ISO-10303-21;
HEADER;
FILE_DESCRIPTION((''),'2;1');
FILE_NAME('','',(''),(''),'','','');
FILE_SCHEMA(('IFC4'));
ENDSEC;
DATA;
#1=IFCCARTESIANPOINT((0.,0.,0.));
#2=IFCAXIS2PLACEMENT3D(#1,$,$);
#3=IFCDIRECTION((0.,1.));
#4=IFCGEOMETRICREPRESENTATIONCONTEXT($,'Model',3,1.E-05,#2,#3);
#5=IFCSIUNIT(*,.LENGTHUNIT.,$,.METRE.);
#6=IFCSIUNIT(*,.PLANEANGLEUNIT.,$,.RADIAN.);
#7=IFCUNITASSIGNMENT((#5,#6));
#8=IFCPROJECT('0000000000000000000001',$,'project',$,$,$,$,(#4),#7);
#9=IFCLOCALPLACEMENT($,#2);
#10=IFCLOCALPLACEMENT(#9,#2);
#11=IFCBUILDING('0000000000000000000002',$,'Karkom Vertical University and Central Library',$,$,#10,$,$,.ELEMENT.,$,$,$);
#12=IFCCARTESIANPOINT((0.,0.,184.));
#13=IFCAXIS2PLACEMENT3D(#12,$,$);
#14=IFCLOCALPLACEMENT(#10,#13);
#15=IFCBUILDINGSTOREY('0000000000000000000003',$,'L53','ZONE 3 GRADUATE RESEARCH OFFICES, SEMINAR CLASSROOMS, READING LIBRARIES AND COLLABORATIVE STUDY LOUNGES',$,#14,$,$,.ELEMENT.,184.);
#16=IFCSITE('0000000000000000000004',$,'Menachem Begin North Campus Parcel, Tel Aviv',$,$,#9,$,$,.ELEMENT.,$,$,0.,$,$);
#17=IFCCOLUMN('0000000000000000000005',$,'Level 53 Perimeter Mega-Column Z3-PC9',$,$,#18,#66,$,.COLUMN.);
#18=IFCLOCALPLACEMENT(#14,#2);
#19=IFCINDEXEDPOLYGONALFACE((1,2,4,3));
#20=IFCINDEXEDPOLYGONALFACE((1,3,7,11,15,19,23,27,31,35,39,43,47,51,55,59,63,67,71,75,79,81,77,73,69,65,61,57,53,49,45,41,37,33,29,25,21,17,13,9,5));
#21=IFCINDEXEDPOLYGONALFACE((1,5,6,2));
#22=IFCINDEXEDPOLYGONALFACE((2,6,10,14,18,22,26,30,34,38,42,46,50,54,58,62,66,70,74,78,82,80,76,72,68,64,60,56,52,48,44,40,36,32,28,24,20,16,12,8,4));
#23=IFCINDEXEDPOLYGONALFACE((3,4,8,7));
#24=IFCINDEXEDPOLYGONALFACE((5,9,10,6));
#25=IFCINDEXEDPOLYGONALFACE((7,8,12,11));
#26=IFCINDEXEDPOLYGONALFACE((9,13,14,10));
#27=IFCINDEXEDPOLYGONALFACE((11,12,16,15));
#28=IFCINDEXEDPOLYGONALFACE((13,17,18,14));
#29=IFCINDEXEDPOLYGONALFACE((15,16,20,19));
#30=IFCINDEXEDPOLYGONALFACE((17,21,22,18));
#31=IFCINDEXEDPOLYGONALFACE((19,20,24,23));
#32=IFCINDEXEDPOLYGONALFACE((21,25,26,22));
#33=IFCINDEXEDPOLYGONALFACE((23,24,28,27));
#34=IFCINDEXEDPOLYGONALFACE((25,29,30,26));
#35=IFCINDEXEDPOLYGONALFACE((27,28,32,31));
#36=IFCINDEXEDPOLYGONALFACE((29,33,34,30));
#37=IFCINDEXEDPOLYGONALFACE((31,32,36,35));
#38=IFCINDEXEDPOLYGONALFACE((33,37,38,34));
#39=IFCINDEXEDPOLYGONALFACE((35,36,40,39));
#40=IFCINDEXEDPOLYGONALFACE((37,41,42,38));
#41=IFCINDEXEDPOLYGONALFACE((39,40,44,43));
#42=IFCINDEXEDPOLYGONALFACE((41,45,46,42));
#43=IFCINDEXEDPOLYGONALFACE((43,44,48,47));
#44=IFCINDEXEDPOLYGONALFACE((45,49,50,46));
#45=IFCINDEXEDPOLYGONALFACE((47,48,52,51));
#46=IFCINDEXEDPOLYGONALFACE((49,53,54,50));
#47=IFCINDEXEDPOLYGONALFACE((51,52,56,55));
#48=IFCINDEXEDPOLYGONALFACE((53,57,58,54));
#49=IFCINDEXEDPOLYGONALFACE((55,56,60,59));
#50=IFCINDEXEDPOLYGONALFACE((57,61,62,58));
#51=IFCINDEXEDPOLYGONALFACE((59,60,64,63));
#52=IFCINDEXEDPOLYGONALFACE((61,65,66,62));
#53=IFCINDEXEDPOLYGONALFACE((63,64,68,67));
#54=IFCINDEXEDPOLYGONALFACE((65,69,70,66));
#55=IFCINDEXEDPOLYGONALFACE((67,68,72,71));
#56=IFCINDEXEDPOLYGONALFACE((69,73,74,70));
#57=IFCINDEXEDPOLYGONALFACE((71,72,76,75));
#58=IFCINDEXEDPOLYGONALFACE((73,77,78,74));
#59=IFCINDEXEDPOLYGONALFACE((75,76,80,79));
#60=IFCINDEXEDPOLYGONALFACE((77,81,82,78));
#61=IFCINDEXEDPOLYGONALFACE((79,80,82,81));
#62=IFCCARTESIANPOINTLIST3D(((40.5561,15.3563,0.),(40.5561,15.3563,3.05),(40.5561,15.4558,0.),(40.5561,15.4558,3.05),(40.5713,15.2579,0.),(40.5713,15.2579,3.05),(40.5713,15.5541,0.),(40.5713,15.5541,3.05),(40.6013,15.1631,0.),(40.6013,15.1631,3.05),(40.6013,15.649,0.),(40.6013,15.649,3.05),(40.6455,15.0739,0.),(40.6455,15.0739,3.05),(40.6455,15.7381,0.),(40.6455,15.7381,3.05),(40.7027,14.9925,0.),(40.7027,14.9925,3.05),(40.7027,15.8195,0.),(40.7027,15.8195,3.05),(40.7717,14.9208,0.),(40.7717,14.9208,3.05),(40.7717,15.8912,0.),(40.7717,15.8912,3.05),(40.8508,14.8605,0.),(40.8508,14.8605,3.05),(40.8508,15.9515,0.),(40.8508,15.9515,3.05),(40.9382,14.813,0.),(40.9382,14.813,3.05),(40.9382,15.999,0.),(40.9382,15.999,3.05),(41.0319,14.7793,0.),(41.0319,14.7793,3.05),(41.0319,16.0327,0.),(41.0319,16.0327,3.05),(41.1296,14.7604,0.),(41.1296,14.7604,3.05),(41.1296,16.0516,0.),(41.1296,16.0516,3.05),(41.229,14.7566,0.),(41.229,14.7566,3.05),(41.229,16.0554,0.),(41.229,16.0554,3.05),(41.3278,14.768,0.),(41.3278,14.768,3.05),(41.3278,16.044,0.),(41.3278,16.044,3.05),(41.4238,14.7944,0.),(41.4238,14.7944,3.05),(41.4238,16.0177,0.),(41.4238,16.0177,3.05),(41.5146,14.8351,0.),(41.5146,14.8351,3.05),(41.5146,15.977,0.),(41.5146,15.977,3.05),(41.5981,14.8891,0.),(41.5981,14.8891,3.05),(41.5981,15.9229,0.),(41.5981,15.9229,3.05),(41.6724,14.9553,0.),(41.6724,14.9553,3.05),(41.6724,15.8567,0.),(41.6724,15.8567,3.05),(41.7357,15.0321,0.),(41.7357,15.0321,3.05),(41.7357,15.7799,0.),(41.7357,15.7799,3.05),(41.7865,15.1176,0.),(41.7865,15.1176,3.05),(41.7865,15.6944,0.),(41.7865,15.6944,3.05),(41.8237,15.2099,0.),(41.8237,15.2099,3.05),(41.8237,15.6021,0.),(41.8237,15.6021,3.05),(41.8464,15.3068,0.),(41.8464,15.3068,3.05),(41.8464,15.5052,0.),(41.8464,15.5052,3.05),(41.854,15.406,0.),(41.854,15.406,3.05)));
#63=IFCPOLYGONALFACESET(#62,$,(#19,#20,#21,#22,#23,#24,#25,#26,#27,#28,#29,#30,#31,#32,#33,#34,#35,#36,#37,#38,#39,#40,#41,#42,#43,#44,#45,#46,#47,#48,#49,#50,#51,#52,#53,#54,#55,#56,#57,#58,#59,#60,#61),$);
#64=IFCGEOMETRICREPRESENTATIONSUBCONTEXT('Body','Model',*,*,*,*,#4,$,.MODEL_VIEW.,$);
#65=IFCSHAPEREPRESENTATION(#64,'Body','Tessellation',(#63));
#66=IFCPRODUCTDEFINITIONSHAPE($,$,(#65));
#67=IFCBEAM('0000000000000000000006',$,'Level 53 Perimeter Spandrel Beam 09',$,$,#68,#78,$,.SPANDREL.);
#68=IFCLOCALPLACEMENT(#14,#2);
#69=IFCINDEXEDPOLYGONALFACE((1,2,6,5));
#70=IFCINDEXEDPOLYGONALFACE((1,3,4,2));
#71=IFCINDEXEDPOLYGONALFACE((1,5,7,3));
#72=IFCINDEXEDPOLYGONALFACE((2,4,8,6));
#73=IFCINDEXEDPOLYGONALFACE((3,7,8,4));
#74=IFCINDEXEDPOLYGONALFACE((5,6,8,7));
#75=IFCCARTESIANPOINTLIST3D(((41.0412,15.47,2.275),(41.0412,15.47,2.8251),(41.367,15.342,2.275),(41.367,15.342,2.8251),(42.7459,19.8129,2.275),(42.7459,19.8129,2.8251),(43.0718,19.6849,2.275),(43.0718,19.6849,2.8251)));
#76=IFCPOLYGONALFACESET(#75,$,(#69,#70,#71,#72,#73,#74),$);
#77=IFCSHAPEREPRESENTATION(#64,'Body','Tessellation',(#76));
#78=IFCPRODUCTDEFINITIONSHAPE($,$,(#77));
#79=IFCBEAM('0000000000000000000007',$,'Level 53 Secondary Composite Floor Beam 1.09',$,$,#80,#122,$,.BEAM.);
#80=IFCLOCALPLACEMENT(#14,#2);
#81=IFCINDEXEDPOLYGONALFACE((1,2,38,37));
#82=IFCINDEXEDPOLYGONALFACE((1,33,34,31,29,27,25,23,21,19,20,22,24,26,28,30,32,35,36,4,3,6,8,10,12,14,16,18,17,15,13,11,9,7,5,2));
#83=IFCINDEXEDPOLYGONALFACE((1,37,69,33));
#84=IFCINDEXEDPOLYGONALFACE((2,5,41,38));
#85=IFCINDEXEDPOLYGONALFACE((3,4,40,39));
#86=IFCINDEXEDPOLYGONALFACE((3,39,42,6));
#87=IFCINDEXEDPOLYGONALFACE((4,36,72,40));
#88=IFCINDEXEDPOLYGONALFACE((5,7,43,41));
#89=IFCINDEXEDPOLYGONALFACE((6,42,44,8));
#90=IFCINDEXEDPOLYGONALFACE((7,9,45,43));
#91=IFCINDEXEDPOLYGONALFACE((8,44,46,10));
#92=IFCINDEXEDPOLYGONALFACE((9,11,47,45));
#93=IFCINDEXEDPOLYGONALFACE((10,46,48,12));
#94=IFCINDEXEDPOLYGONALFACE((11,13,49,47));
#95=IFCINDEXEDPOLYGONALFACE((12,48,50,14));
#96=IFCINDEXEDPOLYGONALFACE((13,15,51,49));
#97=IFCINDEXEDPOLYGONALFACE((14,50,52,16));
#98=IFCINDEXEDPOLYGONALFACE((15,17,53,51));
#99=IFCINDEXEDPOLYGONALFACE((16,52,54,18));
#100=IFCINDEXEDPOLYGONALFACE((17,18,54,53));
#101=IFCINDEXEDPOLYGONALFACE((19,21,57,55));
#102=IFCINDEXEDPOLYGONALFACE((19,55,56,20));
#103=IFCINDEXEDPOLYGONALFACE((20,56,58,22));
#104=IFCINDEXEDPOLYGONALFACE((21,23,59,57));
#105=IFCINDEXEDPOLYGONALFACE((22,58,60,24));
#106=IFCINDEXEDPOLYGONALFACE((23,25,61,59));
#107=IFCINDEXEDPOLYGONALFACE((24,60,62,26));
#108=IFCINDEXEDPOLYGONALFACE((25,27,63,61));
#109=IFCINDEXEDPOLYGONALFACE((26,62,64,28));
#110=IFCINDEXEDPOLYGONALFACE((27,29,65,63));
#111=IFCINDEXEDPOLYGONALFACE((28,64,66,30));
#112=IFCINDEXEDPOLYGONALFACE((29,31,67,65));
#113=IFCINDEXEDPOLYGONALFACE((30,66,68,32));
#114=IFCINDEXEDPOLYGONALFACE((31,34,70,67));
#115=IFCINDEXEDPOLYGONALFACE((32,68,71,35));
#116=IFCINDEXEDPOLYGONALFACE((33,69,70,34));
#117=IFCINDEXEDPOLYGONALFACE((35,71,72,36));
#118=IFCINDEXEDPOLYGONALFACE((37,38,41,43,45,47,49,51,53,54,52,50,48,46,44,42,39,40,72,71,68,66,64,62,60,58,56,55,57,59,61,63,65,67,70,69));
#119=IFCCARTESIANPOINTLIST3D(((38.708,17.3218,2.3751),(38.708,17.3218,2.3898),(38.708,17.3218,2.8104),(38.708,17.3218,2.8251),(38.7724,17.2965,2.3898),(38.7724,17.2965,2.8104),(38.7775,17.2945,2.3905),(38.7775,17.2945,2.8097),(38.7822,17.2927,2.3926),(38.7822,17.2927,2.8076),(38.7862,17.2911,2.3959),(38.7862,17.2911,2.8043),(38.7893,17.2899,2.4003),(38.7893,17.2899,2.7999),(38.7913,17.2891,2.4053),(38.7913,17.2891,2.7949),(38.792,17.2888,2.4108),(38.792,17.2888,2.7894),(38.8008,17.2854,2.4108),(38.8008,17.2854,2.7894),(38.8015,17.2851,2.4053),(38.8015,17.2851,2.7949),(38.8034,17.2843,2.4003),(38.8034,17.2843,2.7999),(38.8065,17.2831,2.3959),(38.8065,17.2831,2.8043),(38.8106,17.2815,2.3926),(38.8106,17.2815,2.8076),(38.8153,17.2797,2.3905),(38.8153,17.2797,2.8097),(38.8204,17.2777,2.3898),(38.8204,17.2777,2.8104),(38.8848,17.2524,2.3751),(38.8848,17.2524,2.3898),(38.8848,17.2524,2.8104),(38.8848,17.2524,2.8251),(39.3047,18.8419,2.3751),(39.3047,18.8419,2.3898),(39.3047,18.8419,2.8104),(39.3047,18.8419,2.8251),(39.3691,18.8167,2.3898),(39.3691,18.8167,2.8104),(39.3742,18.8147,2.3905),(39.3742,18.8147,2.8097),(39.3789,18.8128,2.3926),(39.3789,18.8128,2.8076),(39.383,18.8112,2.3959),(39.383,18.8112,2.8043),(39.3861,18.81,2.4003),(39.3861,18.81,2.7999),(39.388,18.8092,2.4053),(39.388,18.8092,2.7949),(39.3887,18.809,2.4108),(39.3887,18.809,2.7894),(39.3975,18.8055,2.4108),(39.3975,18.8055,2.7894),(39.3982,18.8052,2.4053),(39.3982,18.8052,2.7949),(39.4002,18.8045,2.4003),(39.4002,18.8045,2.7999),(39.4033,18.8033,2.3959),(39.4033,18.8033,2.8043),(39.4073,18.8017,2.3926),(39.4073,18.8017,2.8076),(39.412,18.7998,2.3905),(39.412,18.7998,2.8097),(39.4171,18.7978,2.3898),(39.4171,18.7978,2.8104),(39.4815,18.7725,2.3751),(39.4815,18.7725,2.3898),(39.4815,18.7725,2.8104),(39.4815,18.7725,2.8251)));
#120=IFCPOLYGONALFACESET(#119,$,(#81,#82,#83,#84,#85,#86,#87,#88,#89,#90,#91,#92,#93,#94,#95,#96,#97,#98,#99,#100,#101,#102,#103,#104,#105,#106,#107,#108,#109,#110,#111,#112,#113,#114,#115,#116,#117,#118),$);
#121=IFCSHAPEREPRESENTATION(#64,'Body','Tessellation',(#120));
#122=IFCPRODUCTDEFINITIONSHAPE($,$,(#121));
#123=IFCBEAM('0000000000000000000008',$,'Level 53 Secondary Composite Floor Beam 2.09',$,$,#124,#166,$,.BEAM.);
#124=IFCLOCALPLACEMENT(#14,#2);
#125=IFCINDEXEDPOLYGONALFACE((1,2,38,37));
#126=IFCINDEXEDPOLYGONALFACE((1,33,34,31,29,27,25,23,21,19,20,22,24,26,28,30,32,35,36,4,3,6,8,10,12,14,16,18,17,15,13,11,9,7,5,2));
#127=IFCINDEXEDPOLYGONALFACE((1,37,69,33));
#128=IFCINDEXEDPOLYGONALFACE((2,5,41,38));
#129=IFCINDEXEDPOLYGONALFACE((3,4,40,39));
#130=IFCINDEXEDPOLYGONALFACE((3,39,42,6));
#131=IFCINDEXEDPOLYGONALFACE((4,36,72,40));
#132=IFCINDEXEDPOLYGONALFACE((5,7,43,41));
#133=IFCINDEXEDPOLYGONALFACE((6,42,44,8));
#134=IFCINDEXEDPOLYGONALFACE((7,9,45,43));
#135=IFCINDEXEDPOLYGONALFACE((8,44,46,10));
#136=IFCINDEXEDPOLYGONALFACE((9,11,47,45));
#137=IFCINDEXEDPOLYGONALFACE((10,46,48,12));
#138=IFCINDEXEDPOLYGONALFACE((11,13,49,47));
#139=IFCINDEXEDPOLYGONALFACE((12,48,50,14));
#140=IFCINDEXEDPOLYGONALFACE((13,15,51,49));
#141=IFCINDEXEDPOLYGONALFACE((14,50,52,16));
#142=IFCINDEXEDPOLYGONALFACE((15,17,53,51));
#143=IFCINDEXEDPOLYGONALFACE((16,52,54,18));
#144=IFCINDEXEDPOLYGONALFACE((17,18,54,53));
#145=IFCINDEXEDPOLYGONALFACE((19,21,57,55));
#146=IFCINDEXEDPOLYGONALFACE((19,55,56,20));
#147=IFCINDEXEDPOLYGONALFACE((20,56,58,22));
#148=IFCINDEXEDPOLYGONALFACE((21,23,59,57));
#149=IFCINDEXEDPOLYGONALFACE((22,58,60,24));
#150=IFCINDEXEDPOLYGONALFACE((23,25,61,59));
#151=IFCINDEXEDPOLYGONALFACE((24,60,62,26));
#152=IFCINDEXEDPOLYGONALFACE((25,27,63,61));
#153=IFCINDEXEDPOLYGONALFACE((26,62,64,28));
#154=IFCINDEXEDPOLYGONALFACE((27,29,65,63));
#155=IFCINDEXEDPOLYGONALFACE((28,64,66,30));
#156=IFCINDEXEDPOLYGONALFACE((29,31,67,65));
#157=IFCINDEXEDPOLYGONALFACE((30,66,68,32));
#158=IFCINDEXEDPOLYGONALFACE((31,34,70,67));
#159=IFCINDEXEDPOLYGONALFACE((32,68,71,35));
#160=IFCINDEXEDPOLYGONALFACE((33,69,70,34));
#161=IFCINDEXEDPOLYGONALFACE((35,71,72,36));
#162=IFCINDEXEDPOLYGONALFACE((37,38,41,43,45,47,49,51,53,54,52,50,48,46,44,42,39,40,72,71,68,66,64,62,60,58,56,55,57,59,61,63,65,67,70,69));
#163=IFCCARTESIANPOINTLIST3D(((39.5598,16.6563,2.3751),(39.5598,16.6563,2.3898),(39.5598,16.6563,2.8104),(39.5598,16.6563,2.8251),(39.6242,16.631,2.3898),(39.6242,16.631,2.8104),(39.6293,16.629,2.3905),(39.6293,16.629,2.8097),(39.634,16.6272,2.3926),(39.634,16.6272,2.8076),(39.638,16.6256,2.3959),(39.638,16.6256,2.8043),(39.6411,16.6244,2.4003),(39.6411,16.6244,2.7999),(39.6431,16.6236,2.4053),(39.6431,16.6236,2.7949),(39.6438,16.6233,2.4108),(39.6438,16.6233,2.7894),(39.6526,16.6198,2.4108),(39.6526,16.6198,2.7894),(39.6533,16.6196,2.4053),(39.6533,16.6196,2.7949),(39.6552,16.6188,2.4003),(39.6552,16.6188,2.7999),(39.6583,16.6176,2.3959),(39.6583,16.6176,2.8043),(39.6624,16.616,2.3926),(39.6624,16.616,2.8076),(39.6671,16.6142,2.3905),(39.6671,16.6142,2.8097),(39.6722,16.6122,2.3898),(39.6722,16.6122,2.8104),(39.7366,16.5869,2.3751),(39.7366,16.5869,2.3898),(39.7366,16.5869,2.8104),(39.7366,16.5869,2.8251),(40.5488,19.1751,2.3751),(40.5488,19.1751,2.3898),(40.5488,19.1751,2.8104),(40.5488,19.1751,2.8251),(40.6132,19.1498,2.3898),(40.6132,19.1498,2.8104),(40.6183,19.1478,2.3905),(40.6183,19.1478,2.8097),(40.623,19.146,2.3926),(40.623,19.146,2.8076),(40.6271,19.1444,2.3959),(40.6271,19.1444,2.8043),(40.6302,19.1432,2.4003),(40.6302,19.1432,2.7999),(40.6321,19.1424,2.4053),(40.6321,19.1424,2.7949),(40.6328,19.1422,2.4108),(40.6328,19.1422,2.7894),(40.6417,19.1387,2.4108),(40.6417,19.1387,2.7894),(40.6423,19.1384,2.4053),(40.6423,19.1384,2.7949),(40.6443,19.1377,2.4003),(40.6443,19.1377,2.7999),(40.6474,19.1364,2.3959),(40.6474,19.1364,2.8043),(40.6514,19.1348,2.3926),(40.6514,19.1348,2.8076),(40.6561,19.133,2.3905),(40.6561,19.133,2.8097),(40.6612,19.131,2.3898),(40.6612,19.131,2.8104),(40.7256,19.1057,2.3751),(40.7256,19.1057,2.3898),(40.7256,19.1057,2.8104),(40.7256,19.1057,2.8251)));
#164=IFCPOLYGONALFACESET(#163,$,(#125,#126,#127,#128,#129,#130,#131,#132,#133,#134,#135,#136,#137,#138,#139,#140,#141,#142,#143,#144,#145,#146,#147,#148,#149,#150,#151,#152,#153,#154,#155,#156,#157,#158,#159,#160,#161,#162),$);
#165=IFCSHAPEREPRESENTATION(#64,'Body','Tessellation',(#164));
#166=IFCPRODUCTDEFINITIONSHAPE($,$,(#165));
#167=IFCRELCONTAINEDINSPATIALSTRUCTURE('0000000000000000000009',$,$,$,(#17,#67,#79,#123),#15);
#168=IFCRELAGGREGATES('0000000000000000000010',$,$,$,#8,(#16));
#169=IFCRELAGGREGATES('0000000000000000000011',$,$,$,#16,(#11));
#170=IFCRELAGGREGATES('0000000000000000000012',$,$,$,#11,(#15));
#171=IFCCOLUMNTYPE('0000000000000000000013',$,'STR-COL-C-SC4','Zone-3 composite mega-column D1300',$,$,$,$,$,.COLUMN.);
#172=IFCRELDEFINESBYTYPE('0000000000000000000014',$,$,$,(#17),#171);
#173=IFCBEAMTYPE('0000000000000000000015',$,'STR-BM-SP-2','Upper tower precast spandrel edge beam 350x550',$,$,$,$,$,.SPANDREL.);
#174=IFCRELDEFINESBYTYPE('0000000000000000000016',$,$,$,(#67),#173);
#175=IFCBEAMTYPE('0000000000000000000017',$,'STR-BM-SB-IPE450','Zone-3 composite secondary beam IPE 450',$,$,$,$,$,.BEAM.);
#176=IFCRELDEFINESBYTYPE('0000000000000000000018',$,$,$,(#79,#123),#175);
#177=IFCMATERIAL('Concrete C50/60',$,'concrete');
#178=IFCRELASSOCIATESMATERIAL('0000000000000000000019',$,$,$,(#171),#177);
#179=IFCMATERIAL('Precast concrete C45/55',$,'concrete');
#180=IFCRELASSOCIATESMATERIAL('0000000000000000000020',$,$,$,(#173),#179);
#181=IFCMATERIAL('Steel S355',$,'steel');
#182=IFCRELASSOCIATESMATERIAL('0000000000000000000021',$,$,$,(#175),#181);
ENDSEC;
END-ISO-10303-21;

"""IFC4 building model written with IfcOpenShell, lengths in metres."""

from ifc_helpers import new_model, si_unit, direction, frame, origin, origin_with_axes, origin_2d, place, context, subcontext, project, spatial, rectangle, circle, i_section, extrude, source, transform, mapped, material, material_profile, profile_set, type_object, element, save


model = new_model("IFC4")

# Units and contexts
model_context = context("Model", 3, precision=1e-05, world=origin(), true_north=direction((0.0, 1.0)))
body_context = subcontext(model_context, "Body", "Model", "MODEL_VIEW")
ifc_project = project(units=[si_unit("LENGTHUNIT", "METRE"), si_unit("PLANEANGLEUNIT", "RADIAN")], contexts=[model_context])

# Site, building, storey
site_placement = place(None, origin())
site = spatial("IfcSite", under=ifc_project, at=site_placement, Name="Menachem Begin North Campus Parcel, Tel Aviv", CompositionType="ELEMENT", RefElevation=0.0)
building_placement = place(site_placement, origin())
building = spatial("IfcBuilding", under=site, at=building_placement, Name="Karkom Vertical University and Central Library", CompositionType="ELEMENT")
storey_placement = place(building_placement, frame((0.0, 0.0, 184.0)))
storey = spatial("IfcBuildingStorey", under=building, at=storey_placement, Name="L53", Description="ZONE 3 GRADUATE RESEARCH OFFICES, SEMINAR CLASSROOMS, READING LIBRARIES AND COLLABORATIVE STUDY LOUNGES", CompositionType="ELEMENT", Elevation=184.0)

# Column
ifc_material_1 = material(Name="Concrete C50/60", Category="concrete")
ifc_material_profile_1 = material_profile(ifc_material_1, circle(Radius=0.6499, at=origin_2d()), Name="CFT-D1300")
ifc_profile_set_1 = profile_set([ifc_material_profile_1], Name="Concrete C50/60")
column_type = type_object("IfcColumnType", Name="STR-COL-C-SC4", Description="Zone-3 composite mega-column D1300", PredefinedType="COLUMN", material=ifc_profile_set_1)
shared_shape_1 = source(origin_with_axes(), body_context, "Body", "SweptSolid", [
    extrude(circle(Radius=0.6499, at=origin_2d()), origin(), (0.0, 0.0, 1.0), 3.05),
])
column_placement = place(storey_placement, frame((41.2041, 15.406, 0.0), z_axis=(0.0, 0.0, 1.0), x_axis=(1.0, 0.0, 0.0)))
element("IfcColumn", 1, at=column_placement, inside=storey, type_object=column_type, Name="Level 53 Perimeter Mega-Column Z3-PC9", PredefinedType="COLUMN", context=body_context, shape_type="MappedRepresentation", body=[
    mapped(shared_shape_1, transform((0.0, 0.0, 0.0), scale=1.0)),
])

# Beams
ifc_material_2 = material(Name="Precast concrete C45/55", Category="concrete")
ifc_material_profile_2 = material_profile(ifc_material_2, rectangle(XDim=0.3501, YDim=0.55, at=origin_2d()), Name="SPB-350x550")
ifc_profile_set_2 = profile_set([ifc_material_profile_2], Name="Precast concrete C45/55")
beam_type_1 = type_object("IfcBeamType", Name="STR-BM-SP-2", Description="Upper tower precast spandrel edge beam 350x550", PredefinedType="SPANDREL", material=ifc_profile_set_2)
shared_shape_2 = source(origin_with_axes(), body_context, "Body", "SweptSolid", [
    extrude(rectangle(XDim=0.3501, YDim=0.55, at=origin_2d()), origin(), (0.0, 0.0, 1.0), 4.6655),
])
beam_1_placement = place(storey_placement, frame((41.2041, 15.406, 2.55), z_axis=(0.365401, 0.93085, 0.0), x_axis=(-0.93085, 0.365401, 0.0)))
element("IfcBeam", 2, at=beam_1_placement, inside=storey, type_object=beam_type_1, Name="Level 53 Perimeter Spandrel Beam 09", PredefinedType="SPANDREL", context=body_context, shape_type="MappedRepresentation", body=[
    mapped(shared_shape_2, transform((0.0, 0.0, 0.0), scale=1.0)),
])
ifc_material_3 = material(Name="Steel S355", Category="steel")
ifc_material_profile_3 = material_profile(ifc_material_3, i_section(OverallWidth=0.1899, OverallDepth=0.45, WebThickness=0.0095, FlangeThickness=0.0146, FilletRadius=0.021, at=origin_2d()), Name="IPE 450")
ifc_profile_set_3 = profile_set([ifc_material_profile_3], Name="Steel S355")
beam_type_2 = type_object("IfcBeamType", Name="STR-BM-SB-IPE450", Description="Zone-3 composite secondary beam IPE 450", PredefinedType="BEAM", material=ifc_profile_set_3)
shared_shape_3 = source(origin_with_axes(), body_context, "Body", "SweptSolid", [
    extrude(i_section(OverallWidth=0.1899, OverallDepth=0.45, WebThickness=0.0095, FlangeThickness=0.0146, FilletRadius=0.021, at=origin_2d()), origin(), (0.0, 0.0, 1.0), 1.6331),
])
beam_2_placement = place(storey_placement, frame((38.7964, 17.2871, 2.6001), z_axis=(0.365403, 0.93085, 0.0), x_axis=(-0.93085, 0.365403, 0.0)))
element("IfcBeam", 3, at=beam_2_placement, inside=storey, type_object=beam_type_2, Name="Level 53 Secondary Composite Floor Beam 1.09", PredefinedType="BEAM", context=body_context, shape_type="MappedRepresentation", body=[
    mapped(shared_shape_3, transform((0.0, 0.0, 0.0), scale=1.0)),
])
shared_shape_4 = source(origin_with_axes(), body_context, "Body", "SweptSolid", [
    extrude(i_section(OverallWidth=0.1899, OverallDepth=0.45, WebThickness=0.0095, FlangeThickness=0.0146, FilletRadius=0.021, at=origin_2d()), origin(), (0.0, 0.0, 1.0), 2.7061),
])
beam_3_placement = place(storey_placement, frame((39.6482, 16.6216, 2.6001), z_axis=(0.365488, 0.930816, 0.0), x_axis=(-0.930816, 0.365488, 0.0)))
element("IfcBeam", 4, at=beam_3_placement, inside=storey, type_object=beam_type_2, Name="Level 53 Secondary Composite Floor Beam 2.09", PredefinedType="BEAM", context=body_context, shape_type="MappedRepresentation", body=[
    mapped(shared_shape_4, transform((0.0, 0.0, 0.0), scale=1.0)),
])

save(model, "model.ifc")
